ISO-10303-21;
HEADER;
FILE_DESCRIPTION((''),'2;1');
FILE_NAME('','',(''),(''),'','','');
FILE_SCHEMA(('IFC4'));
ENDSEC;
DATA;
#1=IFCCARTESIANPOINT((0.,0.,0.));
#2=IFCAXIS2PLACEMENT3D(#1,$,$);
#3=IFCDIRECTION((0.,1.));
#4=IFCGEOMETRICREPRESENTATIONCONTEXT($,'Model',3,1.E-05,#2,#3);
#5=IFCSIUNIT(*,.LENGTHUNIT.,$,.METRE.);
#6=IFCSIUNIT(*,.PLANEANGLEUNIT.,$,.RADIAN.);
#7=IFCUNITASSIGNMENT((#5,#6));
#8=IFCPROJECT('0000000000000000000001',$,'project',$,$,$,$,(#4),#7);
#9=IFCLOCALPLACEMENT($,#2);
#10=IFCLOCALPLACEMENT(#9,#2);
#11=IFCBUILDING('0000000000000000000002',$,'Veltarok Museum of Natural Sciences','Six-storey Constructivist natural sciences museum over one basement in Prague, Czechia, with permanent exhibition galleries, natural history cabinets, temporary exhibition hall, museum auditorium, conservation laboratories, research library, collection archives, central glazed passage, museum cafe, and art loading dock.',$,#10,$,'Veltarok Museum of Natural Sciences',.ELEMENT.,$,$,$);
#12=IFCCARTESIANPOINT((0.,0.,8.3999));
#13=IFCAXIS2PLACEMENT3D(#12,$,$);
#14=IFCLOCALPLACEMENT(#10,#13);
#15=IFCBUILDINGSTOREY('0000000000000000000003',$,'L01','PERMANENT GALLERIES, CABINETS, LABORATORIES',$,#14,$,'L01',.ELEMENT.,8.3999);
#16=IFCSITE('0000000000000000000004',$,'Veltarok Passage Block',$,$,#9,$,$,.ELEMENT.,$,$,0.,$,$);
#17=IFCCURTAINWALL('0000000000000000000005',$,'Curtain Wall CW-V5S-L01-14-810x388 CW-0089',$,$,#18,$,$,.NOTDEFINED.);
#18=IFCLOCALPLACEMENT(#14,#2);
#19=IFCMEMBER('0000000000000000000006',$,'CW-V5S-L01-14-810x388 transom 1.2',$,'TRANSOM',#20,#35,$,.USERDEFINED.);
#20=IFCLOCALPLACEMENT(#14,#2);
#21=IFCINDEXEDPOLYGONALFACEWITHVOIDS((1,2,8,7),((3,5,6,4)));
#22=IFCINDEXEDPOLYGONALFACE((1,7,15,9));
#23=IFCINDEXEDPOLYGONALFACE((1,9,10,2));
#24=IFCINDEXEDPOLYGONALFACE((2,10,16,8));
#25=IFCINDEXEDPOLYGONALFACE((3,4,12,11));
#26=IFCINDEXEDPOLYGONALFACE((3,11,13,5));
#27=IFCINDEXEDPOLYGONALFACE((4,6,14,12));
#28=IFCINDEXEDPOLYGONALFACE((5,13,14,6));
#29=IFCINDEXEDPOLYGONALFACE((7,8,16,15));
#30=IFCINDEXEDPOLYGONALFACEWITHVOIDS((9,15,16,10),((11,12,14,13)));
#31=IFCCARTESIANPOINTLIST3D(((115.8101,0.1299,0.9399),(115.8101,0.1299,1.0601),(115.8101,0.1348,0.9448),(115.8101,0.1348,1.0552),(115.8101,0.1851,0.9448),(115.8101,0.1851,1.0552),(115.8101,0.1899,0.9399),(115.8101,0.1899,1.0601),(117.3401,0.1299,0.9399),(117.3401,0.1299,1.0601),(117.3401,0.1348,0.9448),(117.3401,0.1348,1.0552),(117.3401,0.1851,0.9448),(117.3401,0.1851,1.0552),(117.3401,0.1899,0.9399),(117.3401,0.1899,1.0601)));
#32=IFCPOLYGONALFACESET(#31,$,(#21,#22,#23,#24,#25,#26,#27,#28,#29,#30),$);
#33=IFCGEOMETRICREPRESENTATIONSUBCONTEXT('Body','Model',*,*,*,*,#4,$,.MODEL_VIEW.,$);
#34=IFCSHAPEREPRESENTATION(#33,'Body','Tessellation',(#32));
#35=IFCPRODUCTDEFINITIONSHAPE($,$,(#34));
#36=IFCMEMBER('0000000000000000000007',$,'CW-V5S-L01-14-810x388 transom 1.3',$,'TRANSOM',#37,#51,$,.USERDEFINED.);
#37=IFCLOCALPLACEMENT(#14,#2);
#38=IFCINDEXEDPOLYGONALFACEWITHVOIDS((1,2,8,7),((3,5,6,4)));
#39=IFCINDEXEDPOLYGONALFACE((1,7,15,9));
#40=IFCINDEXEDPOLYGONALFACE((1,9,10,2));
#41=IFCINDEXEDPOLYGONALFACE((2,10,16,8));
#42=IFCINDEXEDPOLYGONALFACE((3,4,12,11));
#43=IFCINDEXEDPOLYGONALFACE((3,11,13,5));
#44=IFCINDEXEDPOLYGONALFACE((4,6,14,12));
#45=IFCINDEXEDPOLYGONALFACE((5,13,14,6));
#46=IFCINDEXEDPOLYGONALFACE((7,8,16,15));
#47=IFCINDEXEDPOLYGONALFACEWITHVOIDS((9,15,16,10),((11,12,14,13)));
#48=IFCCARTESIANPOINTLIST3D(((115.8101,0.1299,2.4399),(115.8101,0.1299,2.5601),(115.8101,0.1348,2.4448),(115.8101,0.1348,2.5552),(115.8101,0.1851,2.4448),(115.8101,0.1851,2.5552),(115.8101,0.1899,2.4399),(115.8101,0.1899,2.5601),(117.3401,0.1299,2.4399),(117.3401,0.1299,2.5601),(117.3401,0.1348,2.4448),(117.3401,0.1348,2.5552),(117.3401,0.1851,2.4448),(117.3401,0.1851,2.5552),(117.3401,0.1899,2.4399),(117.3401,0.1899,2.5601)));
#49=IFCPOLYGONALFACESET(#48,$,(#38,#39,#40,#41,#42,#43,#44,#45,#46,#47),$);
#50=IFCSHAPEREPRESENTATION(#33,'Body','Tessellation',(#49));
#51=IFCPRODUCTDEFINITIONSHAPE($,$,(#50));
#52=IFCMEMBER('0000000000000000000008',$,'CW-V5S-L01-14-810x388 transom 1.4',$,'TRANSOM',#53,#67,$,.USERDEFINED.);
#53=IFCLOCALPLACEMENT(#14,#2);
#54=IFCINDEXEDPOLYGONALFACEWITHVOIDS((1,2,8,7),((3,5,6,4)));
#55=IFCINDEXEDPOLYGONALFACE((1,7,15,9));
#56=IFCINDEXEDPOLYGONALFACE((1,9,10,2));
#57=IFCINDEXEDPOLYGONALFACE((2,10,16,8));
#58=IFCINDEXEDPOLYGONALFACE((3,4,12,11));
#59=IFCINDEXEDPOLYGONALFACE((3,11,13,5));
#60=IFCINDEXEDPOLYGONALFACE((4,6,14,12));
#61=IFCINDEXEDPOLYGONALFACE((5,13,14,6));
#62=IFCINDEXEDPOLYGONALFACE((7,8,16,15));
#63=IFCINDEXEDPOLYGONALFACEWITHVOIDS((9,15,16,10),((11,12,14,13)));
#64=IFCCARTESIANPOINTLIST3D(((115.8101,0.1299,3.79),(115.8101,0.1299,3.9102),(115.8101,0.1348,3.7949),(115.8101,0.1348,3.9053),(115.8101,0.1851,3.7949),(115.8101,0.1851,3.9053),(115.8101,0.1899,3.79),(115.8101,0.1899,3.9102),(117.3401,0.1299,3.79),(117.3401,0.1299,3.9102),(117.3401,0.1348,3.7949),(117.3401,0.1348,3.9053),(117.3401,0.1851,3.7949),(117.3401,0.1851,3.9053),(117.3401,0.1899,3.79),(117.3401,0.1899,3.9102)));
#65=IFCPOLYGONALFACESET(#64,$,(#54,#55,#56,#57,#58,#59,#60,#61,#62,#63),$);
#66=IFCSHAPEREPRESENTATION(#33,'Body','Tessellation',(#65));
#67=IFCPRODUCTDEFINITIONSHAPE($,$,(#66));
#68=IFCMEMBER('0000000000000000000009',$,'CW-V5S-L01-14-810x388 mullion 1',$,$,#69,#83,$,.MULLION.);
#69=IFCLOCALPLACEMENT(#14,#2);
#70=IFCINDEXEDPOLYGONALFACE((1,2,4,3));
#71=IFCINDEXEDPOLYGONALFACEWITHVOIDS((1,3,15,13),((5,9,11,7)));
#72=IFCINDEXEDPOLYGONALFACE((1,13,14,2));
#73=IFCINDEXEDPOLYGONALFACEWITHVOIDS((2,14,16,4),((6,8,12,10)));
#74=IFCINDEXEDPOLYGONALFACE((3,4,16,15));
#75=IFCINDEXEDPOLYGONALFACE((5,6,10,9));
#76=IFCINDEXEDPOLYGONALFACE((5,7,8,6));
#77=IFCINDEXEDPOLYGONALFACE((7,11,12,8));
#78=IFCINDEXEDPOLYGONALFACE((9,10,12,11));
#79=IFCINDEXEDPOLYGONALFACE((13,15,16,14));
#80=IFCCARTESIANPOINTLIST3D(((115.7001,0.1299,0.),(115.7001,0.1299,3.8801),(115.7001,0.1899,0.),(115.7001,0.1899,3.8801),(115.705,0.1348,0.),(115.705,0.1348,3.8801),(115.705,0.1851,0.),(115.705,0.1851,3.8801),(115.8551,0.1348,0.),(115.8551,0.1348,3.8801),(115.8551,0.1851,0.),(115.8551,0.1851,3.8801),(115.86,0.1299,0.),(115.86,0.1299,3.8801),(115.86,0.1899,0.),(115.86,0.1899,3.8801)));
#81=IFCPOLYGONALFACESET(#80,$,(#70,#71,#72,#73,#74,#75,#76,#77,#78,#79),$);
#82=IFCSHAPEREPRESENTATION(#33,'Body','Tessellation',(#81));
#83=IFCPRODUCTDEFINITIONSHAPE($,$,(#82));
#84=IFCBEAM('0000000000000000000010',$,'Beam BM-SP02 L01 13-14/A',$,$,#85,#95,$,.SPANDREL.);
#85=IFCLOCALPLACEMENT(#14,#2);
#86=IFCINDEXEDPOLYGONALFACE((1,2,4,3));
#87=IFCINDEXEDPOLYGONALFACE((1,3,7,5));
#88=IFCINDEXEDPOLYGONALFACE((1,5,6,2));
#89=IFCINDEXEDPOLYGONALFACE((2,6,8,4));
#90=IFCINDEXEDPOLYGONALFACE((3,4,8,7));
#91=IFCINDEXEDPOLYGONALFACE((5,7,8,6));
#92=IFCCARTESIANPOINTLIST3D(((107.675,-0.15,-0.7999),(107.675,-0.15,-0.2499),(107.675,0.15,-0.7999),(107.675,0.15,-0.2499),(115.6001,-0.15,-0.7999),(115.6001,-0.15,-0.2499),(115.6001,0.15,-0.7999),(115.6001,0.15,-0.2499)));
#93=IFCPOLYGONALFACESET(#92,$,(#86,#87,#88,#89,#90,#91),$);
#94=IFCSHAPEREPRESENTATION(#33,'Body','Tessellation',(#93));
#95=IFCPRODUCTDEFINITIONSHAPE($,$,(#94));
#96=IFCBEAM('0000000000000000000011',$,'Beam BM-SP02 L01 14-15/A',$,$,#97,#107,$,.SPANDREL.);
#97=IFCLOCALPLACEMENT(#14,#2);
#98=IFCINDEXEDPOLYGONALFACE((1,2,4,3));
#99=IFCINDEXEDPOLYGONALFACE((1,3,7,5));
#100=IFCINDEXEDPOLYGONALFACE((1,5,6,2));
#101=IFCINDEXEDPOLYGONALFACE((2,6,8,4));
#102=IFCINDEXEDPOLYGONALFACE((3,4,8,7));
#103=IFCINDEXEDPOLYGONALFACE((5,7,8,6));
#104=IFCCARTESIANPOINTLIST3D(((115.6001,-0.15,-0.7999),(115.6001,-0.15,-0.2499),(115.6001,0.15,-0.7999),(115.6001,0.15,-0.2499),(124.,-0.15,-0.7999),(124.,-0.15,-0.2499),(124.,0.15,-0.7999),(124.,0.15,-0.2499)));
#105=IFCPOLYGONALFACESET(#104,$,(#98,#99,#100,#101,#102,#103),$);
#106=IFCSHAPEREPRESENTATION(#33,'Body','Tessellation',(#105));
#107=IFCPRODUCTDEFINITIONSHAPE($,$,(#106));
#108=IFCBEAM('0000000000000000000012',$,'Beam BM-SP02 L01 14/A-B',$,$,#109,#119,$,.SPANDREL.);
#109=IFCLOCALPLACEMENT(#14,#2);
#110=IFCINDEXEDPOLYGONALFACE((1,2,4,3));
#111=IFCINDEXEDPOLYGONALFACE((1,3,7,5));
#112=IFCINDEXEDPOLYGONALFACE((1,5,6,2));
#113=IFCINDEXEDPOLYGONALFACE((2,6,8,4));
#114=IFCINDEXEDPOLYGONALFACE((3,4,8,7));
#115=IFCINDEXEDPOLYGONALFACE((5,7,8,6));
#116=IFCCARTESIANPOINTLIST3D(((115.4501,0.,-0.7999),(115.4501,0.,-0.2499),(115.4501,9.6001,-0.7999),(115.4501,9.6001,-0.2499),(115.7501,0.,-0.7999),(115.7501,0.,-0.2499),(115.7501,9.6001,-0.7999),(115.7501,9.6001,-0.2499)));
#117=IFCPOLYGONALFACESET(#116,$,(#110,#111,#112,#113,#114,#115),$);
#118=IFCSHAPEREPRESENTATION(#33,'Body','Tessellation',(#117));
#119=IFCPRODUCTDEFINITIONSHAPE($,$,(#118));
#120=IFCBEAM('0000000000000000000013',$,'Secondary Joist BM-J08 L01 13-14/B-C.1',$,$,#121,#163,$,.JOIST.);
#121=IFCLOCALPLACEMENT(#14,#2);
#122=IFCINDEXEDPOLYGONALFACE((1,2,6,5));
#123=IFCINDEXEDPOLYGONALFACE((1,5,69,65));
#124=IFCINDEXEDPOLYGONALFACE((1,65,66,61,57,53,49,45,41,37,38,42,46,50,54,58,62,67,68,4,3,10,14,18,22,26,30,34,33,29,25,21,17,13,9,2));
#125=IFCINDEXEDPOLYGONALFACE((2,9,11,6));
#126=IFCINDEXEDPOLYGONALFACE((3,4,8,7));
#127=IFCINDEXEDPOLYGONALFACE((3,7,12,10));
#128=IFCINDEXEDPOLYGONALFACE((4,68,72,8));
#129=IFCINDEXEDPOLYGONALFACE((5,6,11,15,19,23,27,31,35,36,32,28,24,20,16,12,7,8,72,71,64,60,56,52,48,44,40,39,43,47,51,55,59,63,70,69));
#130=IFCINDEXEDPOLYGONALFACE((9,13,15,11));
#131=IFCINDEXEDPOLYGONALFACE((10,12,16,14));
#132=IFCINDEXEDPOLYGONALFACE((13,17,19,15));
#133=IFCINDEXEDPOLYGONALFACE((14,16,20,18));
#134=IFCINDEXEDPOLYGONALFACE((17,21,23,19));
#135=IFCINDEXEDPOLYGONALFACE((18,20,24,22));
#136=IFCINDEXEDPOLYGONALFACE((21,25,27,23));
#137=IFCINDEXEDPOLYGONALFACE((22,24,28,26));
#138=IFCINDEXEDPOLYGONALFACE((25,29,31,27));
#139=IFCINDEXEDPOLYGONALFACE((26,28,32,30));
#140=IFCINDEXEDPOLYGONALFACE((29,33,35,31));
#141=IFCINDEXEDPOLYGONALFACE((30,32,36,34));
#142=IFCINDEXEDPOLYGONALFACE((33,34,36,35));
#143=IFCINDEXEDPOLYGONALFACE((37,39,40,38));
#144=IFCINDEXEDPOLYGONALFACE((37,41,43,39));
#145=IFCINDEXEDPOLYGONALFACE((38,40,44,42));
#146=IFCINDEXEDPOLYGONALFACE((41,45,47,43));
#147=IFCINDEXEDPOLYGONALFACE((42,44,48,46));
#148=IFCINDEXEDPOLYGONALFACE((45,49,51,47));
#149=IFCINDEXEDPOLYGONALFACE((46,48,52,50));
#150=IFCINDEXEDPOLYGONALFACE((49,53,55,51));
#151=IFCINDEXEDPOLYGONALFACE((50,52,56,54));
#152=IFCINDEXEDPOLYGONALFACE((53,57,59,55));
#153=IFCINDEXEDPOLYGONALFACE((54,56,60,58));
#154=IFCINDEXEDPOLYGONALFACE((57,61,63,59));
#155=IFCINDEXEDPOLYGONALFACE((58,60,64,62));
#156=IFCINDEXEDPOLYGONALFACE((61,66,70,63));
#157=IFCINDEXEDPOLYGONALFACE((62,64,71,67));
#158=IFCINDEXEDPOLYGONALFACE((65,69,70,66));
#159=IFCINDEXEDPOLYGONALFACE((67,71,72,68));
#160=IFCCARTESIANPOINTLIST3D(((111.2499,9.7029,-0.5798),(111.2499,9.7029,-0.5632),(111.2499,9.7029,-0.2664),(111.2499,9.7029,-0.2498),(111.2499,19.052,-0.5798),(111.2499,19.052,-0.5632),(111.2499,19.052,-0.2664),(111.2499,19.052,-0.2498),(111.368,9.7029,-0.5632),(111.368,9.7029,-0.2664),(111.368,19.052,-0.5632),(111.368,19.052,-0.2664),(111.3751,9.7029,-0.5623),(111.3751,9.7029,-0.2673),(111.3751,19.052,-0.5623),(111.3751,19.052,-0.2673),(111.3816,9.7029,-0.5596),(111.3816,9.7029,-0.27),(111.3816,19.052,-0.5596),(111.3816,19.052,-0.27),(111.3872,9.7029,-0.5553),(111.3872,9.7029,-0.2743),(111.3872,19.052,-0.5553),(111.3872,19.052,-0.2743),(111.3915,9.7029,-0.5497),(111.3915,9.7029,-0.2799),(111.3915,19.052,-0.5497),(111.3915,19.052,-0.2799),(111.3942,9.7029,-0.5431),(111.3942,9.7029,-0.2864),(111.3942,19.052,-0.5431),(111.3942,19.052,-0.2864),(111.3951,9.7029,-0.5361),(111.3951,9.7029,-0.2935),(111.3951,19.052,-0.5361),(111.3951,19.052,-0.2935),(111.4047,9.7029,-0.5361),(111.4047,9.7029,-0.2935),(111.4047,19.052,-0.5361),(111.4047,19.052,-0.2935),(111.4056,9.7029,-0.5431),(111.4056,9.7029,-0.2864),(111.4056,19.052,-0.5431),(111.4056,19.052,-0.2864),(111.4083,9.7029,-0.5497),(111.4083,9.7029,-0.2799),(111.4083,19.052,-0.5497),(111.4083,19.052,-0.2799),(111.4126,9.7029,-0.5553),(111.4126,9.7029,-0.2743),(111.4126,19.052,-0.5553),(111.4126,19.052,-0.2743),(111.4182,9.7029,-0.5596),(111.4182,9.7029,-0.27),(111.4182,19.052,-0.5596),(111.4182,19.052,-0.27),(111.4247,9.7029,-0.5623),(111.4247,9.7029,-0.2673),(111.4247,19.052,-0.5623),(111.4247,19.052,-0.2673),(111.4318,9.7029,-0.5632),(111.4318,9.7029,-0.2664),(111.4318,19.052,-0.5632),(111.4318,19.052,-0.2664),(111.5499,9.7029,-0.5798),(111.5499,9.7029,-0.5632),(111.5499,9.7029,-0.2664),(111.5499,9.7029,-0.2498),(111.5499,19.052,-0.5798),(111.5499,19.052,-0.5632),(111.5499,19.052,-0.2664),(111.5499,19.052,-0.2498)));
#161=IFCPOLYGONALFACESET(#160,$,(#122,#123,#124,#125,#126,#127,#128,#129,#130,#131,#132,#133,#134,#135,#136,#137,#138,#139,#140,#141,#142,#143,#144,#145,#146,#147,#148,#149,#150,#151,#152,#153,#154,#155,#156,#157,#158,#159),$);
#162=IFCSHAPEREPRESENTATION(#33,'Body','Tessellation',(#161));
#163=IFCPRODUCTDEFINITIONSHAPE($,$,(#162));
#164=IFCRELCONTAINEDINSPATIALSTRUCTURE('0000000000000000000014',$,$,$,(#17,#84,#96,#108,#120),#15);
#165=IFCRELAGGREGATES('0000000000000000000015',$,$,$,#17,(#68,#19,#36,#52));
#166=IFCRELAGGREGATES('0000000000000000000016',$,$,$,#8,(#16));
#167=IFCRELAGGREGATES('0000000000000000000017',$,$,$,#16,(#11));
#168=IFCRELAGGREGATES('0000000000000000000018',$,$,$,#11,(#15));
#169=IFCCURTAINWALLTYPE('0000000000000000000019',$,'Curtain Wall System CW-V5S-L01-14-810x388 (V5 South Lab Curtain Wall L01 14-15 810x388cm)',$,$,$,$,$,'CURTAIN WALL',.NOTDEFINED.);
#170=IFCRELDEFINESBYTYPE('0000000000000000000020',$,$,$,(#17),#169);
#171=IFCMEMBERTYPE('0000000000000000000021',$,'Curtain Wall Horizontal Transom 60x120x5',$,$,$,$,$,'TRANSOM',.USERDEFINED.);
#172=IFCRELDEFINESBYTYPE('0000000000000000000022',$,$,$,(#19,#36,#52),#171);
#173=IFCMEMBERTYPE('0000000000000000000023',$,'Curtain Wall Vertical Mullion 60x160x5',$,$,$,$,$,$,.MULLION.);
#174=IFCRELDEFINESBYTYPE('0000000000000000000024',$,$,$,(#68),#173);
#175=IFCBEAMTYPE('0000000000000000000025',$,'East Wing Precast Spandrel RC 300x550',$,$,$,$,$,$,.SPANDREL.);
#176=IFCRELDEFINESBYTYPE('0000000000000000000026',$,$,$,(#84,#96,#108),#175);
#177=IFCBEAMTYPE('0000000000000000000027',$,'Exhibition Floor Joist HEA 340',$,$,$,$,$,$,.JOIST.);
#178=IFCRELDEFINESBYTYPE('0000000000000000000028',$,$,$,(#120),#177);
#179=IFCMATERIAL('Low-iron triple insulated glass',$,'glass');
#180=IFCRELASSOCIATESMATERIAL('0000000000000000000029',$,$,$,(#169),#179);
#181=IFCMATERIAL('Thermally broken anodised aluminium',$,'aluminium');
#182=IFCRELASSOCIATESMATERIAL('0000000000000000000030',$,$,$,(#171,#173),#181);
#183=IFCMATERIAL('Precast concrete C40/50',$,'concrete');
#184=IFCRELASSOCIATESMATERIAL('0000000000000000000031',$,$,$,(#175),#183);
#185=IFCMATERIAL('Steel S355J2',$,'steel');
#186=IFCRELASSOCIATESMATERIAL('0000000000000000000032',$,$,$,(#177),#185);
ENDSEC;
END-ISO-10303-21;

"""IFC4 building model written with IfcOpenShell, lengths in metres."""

from ifc_helpers import new_model, si_unit, direction, frame, origin, origin_2d, place, context, subcontext, project, spatial, rectangle, hollow_rectangle, i_section, extrude, material, material_profile, profile_set, type_object, element, aggregate, save


model = new_model("IFC4")

# Units and contexts
model_context = context("Model", 3, precision=1e-05, world=origin(), true_north=direction((0.0, 1.0)))
body_context = subcontext(model_context, "Body", "Model", "MODEL_VIEW")
ifc_project = project(units=[si_unit("LENGTHUNIT", "METRE"), si_unit("PLANEANGLEUNIT", "RADIAN")], contexts=[model_context])

# Site, building, storey
site_placement = place(None, origin())
site = spatial("IfcSite", under=ifc_project, at=site_placement, Name="Veltarok Passage Block", CompositionType="ELEMENT", RefElevation=0.0)
building_placement = place(site_placement, origin())
building = spatial("IfcBuilding", under=site, at=building_placement, Name="Veltarok Museum of Natural Sciences", Description="Six-storey Constructivist natural sciences museum over one basement in Prague, Czechia, with permanent exhibition galleries, natural history cabinets, temporary exhibition hall, museum auditorium, conservation laboratories, research library, collection archives, central glazed passage, museum cafe, and art loading dock.", LongName="Veltarok Museum of Natural Sciences", CompositionType="ELEMENT")
storey_placement = place(building_placement, frame((0.0, 0.0, 8.3999)))
storey = spatial("IfcBuildingStorey", under=building, at=storey_placement, Name="L01", Description="PERMANENT GALLERIES, CABINETS, LABORATORIES", LongName="L01", CompositionType="ELEMENT", Elevation=8.3999)

# Shared definitions
ifc_material_1 = material(Name="Steel S355J2", Category="steel")

# Curtain wall, members
ifc_material_2 = material(Name="Low-iron triple insulated glass", Category="glass")
curtain_wall_type = type_object("IfcCurtainWallType", Name="Curtain Wall System CW-V5S-L01-14-810x388 (V5 South Lab Curtain Wall L01 14-15 810x388cm)", ElementType="CURTAIN WALL", PredefinedType="NOTDEFINED", material=ifc_material_2)
curtain_wall_placement = place(storey_placement, origin())
curtain_wall = element("IfcCurtainWall", 1, at=curtain_wall_placement, inside=storey, type_object=curtain_wall_type, Name="Curtain Wall CW-V5S-L01-14-810x388 CW-0089", PredefinedType="NOTDEFINED")
ifc_material_3 = material(Name="Thermally broken anodised aluminium", Category="aluminium")
ifc_material_profile_1 = material_profile(ifc_material_3, hollow_rectangle(XDim=0.0601, YDim=0.1201, WallThickness=0.0049, at=origin_2d()), Name="CW TRANSOM 60x120x5")
ifc_profile_set_1 = profile_set([ifc_material_profile_1], Name="Thermally broken anodised aluminium")
member_type_1 = type_object("IfcMemberType", Name="Curtain Wall Horizontal Transom 60x120x5", ElementType="TRANSOM", PredefinedType="USERDEFINED", material=ifc_profile_set_1)
member_1_placement = place(storey_placement, frame((115.8101, 0.1599, 1.0), z_axis=(1.0, 0.0, 0.0), x_axis=(0.0, 1.0, 0.0)))
member_1 = element("IfcMember", 2, at=member_1_placement, type_object=member_type_1, Name="CW-V5S-L01-14-810x388 transom 1.2", ObjectType="TRANSOM", PredefinedType="USERDEFINED", context=body_context, shape_type="SweptSolid", body=[
    extrude(hollow_rectangle(XDim=0.0601, YDim=0.1201, WallThickness=0.0049, at=origin_2d()), origin(), (0.0, 0.0, 1.0), 1.53),
])
member_2_placement = place(storey_placement, frame((115.8101, 0.1599, 2.5), z_axis=(1.0, 0.0, 0.0), x_axis=(0.0, 1.0, 0.0)))
member_2 = element("IfcMember", 3, at=member_2_placement, type_object=member_type_1, Name="CW-V5S-L01-14-810x388 transom 1.3", ObjectType="TRANSOM", PredefinedType="USERDEFINED", context=body_context, shape_type="SweptSolid", body=[
    extrude(hollow_rectangle(XDim=0.0601, YDim=0.1201, WallThickness=0.0049, at=origin_2d()), origin(), (0.0, 0.0, 1.0), 1.53),
])
member_3_placement = place(storey_placement, frame((115.8101, 0.1599, 3.8501), z_axis=(1.0, 0.0, 0.0), x_axis=(0.0, 1.0, 0.0)))
member_3 = element("IfcMember", 4, at=member_3_placement, type_object=member_type_1, Name="CW-V5S-L01-14-810x388 transom 1.4", ObjectType="TRANSOM", PredefinedType="USERDEFINED", context=body_context, shape_type="SweptSolid", body=[
    extrude(hollow_rectangle(XDim=0.0601, YDim=0.1201, WallThickness=0.0049, at=origin_2d()), origin(), (0.0, 0.0, 1.0), 1.53),
])
ifc_material_profile_2 = material_profile(ifc_material_3, hollow_rectangle(XDim=0.0601, YDim=0.1599, WallThickness=0.0049, at=origin_2d()), Name="CW MULLION 60x160x5")
ifc_profile_set_2 = profile_set([ifc_material_profile_2], Name="Thermally broken anodised aluminium")
member_type_2 = type_object("IfcMemberType", Name="Curtain Wall Vertical Mullion 60x160x5", PredefinedType="MULLION", material=ifc_profile_set_2)
member_4_placement = place(storey_placement, frame((115.78, 0.1599, 0.0), z_axis=(0.0, 0.0, 1.0), x_axis=(0.0, 1.0, 0.0)))
member_4 = element("IfcMember", 5, at=member_4_placement, type_object=member_type_2, Name="CW-V5S-L01-14-810x388 mullion 1", PredefinedType="MULLION", context=body_context, shape_type="SweptSolid", body=[
    extrude(hollow_rectangle(XDim=0.0601, YDim=0.1599, WallThickness=0.0049, at=origin_2d()), origin(), (0.0, 0.0, 1.0), 3.8801),
])
aggregate(curtain_wall, [member_4, member_1, member_2, member_3])

# Beams
ifc_material_4 = material(Name="Precast concrete C40/50", Category="concrete")
ifc_material_profile_3 = material_profile(ifc_material_4, rectangle(XDim=0.3, YDim=0.55, at=origin_2d()), Name="RC 300x550")
ifc_profile_set_3 = profile_set([ifc_material_profile_3], Name="Precast concrete C40/50")
beam_type_1 = type_object("IfcBeamType", Name="East Wing Precast Spandrel RC 300x550", PredefinedType="SPANDREL", material=ifc_profile_set_3)
beam_1_placement = place(storey_placement, frame((107.675, 0.0, -0.5249), z_axis=(1.0, 0.0, 0.0), x_axis=(0.0, 1.0, 0.0)))
element("IfcBeam", 6, at=beam_1_placement, inside=storey, type_object=beam_type_1, Name="Beam BM-SP02 L01 13-14/A", PredefinedType="SPANDREL", context=body_context, shape_type="SweptSolid", body=[
    extrude(rectangle(XDim=0.3, YDim=0.55, at=origin_2d()), origin(), (0.0, 0.0, 1.0), 7.925),
])
beam_2_placement = place(storey_placement, frame((115.6001, 0.0, -0.5249), z_axis=(1.0, 0.0, 0.0), x_axis=(0.0, 1.0, 0.0)))
element("IfcBeam", 7, at=beam_2_placement, inside=storey, type_object=beam_type_1, Name="Beam BM-SP02 L01 14-15/A", PredefinedType="SPANDREL", context=body_context, shape_type="SweptSolid", body=[
    extrude(rectangle(XDim=0.3, YDim=0.55, at=origin_2d()), origin(), (0.0, 0.0, 1.0), 8.3999),
])
beam_3_placement = place(storey_placement, frame((115.6001, 0.0, -0.5249), z_axis=(0.0, 1.0, 0.0), x_axis=(-1.0, 0.0, 0.0)))
element("IfcBeam", 8, at=beam_3_placement, inside=storey, type_object=beam_type_1, Name="Beam BM-SP02 L01 14/A-B", PredefinedType="SPANDREL", context=body_context, shape_type="SweptSolid", body=[
    extrude(rectangle(XDim=0.3, YDim=0.55, at=origin_2d()), origin(), (0.0, 0.0, 1.0), 9.6001),
])
ifc_material_profile_4 = material_profile(ifc_material_1, i_section(OverallWidth=0.3, OverallDepth=0.3301, WebThickness=0.0095, FlangeThickness=0.0166, FilletRadius=0.0271, at=origin_2d()), Name="HEA 340")
ifc_profile_set_4 = profile_set([ifc_material_profile_4], Name="Steel S355J2")
beam_type_2 = type_object("IfcBeamType", Name="Exhibition Floor Joist HEA 340", PredefinedType="JOIST", material=ifc_profile_set_4)
beam_4_placement = place(storey_placement, frame((111.3999, 9.7029, -0.4148), z_axis=(0.0, 1.0, 0.0), x_axis=(-1.0, 0.0, 0.0)))
element("IfcBeam", 9, at=beam_4_placement, inside=storey, type_object=beam_type_2, Name="Secondary Joist BM-J08 L01 13-14/B-C.1", PredefinedType="JOIST", context=body_context, shape_type="SweptSolid", body=[
    extrude(i_section(OverallWidth=0.3, OverallDepth=0.3301, WebThickness=0.0095, FlangeThickness=0.0166, FilletRadius=0.0271, at=origin_2d()), origin(), (0.0, 0.0, 1.0), 9.3491),
])

save(model, "model.ifc")
